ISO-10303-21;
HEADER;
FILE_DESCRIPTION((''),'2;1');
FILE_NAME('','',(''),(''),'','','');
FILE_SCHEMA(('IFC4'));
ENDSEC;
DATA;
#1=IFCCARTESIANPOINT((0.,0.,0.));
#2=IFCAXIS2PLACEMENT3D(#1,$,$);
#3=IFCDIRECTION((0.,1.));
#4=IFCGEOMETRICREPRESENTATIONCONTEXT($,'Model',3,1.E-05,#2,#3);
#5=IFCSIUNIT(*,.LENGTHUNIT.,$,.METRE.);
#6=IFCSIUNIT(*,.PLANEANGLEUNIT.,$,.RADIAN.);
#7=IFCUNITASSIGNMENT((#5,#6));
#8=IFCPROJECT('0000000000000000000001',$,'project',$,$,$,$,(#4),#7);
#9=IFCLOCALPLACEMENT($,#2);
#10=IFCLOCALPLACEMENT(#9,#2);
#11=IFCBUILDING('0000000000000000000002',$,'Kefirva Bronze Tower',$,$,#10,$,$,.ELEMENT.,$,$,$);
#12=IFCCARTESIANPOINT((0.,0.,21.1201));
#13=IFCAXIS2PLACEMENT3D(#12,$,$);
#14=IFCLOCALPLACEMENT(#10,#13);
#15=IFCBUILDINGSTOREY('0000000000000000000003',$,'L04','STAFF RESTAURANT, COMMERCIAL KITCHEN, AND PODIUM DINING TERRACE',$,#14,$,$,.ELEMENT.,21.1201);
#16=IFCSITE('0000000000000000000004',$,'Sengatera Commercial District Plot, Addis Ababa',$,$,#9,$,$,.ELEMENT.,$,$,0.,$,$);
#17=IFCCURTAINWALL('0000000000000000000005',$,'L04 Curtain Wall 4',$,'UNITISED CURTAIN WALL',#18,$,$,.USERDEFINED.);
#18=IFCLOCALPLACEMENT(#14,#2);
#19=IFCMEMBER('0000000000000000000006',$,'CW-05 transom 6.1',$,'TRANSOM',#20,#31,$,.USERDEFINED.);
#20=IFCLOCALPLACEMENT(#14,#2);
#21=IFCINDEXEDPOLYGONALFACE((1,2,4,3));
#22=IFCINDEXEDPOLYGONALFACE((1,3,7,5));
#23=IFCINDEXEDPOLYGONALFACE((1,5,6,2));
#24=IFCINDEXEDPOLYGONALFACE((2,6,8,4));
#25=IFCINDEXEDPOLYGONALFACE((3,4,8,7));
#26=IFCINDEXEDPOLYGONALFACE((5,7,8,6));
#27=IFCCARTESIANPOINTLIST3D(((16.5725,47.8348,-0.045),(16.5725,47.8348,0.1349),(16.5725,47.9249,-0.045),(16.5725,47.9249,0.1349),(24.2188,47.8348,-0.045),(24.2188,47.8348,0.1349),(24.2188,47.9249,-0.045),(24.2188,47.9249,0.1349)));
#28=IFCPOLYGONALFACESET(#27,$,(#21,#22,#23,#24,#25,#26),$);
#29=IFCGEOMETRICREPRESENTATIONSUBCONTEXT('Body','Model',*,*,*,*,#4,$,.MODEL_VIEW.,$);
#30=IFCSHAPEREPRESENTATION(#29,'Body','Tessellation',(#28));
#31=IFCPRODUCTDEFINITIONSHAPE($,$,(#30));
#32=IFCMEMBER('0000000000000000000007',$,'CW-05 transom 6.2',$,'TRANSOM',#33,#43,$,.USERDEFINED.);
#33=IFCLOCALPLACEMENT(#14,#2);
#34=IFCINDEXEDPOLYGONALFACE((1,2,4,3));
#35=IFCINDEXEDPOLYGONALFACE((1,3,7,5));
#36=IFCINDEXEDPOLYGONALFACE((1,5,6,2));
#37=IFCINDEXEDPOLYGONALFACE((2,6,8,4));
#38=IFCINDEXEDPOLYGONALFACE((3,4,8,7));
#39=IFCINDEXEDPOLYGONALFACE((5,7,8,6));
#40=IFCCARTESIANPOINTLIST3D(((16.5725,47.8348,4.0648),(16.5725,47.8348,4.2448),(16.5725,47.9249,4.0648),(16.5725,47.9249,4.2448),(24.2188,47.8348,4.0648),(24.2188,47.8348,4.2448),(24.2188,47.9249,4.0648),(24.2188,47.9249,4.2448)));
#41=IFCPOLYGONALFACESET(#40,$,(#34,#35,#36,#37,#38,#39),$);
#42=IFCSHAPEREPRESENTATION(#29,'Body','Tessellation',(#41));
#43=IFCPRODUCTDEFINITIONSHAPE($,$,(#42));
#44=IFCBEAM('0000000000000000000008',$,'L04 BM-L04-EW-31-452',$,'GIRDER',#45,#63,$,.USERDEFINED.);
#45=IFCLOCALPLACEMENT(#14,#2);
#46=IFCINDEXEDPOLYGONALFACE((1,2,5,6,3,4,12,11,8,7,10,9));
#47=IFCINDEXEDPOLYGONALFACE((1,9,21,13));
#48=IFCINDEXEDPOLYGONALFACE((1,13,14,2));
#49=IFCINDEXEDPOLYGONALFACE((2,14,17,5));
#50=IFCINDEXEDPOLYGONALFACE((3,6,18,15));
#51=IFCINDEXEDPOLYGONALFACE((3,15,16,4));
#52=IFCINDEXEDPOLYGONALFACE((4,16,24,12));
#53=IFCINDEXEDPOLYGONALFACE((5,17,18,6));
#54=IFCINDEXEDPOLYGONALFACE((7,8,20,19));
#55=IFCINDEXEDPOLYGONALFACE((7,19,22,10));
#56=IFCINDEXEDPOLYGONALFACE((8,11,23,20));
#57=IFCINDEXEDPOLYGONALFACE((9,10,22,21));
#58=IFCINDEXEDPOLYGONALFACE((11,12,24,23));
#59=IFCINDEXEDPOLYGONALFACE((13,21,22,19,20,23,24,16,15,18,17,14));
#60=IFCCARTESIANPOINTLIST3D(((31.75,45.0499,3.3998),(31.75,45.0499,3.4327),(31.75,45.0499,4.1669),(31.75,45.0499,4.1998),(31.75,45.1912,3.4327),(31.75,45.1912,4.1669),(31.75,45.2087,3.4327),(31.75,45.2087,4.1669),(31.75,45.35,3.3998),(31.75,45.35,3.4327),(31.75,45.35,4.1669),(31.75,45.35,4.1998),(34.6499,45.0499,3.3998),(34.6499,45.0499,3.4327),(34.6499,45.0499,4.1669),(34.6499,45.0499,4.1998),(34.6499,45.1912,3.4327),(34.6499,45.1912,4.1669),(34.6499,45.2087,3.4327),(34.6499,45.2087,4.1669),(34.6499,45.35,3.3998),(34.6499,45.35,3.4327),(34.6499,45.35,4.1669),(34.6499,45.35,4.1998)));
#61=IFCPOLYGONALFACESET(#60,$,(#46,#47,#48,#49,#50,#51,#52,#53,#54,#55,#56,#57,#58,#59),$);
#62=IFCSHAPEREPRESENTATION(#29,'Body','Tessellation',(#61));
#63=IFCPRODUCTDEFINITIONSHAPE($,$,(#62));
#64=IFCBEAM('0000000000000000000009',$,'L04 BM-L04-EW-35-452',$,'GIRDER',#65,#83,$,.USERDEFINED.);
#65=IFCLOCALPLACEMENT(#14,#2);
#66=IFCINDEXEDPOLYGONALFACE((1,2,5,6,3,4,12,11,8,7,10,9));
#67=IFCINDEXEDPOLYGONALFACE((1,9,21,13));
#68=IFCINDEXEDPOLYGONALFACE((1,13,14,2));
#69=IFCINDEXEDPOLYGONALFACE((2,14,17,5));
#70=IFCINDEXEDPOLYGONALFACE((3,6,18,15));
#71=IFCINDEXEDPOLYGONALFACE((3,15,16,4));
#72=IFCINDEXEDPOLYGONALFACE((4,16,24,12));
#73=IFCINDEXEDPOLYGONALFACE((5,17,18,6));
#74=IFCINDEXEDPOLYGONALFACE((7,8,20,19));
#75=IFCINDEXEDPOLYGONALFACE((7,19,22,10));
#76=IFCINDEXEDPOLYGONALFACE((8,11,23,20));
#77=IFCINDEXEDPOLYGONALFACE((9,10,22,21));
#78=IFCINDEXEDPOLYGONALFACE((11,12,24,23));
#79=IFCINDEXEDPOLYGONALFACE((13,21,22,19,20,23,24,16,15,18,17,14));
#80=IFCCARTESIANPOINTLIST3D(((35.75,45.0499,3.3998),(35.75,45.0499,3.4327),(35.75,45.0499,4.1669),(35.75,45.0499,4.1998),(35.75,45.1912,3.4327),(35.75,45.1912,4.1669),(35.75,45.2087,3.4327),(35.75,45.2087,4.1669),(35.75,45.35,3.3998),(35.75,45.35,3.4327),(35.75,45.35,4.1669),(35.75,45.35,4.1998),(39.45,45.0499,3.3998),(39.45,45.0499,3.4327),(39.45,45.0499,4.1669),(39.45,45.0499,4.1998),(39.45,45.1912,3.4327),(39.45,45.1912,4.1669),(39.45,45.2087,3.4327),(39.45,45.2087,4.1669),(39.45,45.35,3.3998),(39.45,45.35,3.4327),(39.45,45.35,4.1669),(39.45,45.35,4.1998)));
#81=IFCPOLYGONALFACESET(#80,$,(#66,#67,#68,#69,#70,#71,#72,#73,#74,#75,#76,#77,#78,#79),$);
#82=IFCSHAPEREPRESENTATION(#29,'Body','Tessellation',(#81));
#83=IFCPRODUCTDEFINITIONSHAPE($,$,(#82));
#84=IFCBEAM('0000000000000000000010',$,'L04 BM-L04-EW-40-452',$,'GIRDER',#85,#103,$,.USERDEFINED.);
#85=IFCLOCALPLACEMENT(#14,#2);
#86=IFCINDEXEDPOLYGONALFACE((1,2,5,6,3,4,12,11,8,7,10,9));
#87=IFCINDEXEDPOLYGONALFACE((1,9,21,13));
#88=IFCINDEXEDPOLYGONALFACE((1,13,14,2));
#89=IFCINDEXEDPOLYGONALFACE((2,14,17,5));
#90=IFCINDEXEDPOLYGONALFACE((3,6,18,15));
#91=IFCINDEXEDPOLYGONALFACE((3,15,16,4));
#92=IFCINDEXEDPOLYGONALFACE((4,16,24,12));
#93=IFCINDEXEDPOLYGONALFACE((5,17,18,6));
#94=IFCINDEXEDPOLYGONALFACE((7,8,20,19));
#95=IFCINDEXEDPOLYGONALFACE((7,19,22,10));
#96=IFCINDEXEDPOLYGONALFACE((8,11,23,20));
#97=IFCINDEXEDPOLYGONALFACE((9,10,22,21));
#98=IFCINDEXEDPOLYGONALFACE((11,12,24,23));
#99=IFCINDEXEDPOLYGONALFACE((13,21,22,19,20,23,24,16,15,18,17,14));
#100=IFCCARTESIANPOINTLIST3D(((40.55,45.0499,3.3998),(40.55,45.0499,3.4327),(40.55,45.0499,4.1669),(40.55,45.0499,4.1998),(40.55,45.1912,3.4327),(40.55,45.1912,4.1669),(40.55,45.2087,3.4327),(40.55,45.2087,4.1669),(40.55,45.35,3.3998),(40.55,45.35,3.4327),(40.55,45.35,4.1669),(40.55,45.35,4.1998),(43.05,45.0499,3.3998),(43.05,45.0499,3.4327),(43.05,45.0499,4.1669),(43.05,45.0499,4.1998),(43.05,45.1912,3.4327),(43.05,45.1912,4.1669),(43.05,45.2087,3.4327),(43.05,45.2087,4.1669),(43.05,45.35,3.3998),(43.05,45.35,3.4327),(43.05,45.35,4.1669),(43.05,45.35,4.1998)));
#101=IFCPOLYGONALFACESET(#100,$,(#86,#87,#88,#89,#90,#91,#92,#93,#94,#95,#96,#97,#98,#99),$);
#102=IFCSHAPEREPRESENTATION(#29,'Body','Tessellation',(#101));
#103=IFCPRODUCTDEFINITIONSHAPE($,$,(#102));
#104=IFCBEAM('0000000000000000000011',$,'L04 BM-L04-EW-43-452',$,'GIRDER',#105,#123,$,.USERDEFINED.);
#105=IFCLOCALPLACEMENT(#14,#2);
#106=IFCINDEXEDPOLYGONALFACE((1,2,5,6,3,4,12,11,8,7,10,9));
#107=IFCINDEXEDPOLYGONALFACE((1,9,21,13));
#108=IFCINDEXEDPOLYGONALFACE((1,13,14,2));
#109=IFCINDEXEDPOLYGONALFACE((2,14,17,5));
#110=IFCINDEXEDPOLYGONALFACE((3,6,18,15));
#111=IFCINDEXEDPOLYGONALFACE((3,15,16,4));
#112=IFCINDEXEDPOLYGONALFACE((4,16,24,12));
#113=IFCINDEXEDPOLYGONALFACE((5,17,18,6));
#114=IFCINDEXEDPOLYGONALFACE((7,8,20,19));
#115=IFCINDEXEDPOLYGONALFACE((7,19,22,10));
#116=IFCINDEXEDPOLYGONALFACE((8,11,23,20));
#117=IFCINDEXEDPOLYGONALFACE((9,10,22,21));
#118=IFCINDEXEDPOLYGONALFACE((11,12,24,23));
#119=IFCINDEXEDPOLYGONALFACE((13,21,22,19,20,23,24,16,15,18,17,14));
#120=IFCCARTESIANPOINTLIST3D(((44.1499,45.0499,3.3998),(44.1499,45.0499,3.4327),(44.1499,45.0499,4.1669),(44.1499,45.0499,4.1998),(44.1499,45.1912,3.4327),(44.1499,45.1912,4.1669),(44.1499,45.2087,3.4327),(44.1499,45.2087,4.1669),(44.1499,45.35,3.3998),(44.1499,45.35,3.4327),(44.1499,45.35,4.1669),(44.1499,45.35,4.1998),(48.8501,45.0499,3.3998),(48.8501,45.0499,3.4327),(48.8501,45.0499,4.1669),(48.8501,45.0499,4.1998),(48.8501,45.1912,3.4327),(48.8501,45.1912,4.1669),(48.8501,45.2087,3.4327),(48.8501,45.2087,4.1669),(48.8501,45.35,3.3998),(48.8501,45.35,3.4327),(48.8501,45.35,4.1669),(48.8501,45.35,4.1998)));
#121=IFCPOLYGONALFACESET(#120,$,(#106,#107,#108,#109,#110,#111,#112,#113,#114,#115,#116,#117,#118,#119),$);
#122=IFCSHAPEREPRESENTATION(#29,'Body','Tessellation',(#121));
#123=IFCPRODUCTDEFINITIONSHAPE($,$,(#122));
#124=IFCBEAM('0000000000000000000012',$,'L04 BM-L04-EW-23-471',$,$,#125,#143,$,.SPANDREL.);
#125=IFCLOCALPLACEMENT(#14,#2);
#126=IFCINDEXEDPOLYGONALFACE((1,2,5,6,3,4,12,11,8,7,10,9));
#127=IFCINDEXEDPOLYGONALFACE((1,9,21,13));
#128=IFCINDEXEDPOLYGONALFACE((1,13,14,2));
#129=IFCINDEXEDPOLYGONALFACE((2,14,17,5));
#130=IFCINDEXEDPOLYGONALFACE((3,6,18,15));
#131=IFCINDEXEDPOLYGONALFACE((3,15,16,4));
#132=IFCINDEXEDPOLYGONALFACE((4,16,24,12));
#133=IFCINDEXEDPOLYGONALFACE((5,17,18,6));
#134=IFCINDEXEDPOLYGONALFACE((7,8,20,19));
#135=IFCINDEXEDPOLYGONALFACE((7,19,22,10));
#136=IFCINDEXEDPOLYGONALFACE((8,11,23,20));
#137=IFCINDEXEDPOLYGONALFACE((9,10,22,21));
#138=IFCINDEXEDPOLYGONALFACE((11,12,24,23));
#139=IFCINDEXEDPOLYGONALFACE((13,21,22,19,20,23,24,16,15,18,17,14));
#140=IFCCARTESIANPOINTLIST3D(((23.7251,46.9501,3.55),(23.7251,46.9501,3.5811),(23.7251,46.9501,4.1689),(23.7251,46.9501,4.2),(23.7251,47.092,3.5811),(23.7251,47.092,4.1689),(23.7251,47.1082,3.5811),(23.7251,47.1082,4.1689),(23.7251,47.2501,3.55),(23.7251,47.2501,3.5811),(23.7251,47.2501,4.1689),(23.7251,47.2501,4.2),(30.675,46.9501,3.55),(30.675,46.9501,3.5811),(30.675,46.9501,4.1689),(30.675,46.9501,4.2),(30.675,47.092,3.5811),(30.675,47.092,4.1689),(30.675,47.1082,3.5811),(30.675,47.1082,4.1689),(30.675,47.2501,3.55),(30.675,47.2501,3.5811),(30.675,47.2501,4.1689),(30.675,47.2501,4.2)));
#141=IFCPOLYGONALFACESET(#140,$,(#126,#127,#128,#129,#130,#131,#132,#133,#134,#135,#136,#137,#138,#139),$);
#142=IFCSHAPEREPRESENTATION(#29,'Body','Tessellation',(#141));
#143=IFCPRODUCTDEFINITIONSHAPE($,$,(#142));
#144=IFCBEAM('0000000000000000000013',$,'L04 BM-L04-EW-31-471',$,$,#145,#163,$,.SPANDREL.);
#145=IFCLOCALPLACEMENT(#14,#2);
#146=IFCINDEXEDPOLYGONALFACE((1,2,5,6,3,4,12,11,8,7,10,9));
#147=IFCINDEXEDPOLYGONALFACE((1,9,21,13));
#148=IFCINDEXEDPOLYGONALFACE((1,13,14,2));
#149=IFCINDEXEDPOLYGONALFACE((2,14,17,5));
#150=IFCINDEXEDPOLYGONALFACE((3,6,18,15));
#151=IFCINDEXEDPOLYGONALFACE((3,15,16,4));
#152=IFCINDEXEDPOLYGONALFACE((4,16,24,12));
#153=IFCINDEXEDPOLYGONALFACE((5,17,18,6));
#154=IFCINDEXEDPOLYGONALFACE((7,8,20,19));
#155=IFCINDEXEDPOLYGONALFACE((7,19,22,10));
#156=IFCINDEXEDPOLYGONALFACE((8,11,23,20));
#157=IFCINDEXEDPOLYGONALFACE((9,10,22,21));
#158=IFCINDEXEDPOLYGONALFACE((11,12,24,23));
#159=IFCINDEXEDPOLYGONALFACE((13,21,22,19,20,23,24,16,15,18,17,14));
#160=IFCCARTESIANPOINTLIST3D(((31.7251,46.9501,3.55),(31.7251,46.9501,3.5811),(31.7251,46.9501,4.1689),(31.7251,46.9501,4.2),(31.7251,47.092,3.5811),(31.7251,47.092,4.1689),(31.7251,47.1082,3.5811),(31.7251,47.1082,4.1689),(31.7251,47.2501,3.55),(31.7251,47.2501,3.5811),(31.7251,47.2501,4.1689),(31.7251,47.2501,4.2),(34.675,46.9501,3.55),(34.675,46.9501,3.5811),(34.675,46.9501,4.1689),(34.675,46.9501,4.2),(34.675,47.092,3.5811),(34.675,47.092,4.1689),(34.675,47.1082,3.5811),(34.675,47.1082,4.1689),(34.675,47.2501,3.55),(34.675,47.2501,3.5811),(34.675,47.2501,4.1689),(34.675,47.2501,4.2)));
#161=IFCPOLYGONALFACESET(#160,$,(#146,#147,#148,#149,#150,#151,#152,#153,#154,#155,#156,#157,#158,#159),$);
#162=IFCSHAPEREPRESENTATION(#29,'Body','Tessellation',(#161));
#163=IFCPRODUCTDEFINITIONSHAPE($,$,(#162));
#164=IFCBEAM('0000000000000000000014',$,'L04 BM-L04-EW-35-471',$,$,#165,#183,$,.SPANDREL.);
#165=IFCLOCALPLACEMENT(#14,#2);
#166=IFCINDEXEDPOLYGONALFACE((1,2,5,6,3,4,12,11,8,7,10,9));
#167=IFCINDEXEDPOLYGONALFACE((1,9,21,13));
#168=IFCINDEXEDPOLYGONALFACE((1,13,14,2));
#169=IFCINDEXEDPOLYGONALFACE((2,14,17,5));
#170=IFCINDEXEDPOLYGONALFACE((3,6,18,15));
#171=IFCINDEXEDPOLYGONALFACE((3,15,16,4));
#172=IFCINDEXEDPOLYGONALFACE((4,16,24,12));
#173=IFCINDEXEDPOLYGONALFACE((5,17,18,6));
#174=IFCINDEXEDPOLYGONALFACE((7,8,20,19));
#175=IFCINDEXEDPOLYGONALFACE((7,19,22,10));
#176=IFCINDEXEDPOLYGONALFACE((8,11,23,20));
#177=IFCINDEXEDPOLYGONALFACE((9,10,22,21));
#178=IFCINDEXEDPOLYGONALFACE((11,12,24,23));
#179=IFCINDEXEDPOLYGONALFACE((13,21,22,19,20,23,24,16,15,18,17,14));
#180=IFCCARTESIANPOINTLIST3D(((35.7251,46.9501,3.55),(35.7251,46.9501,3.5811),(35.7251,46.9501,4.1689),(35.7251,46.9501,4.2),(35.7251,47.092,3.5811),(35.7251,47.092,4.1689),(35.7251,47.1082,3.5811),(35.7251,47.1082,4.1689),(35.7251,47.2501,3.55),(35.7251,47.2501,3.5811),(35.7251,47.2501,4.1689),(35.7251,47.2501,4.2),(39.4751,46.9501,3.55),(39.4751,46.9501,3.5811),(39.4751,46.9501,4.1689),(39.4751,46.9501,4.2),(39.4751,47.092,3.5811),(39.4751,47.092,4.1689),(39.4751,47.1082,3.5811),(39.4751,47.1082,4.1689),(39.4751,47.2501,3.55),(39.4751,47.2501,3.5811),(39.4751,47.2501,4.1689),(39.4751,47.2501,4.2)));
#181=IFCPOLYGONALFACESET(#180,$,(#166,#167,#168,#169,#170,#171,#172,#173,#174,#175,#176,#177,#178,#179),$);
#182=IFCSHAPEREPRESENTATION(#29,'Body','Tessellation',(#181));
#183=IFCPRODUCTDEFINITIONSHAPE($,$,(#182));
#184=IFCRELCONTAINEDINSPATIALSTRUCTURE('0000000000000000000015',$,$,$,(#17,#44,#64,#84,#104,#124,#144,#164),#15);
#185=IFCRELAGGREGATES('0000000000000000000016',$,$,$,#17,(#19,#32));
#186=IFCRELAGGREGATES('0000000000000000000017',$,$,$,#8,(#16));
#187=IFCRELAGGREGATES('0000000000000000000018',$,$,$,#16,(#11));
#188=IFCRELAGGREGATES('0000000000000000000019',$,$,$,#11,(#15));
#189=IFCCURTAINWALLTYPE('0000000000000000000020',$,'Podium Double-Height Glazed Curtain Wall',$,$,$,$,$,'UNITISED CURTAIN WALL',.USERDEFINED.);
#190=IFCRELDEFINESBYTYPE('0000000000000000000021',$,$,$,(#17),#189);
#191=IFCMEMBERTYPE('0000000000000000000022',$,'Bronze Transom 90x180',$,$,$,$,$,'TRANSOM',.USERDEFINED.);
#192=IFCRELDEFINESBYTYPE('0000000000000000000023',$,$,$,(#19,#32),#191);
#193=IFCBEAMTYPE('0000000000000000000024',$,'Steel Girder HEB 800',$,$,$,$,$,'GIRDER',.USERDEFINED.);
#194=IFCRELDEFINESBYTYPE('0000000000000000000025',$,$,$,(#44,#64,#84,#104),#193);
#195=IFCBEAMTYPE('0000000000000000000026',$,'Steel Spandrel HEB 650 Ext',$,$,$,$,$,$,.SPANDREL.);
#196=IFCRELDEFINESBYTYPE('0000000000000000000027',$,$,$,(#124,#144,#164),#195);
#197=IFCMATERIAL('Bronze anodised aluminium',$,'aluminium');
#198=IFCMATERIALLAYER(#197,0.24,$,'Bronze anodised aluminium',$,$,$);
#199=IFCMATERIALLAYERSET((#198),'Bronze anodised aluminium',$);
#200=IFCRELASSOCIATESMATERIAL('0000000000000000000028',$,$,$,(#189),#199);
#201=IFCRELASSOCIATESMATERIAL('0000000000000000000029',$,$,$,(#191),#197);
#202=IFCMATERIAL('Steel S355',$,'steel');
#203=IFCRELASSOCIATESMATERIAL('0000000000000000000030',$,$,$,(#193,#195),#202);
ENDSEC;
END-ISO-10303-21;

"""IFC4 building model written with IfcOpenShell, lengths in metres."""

from ifc_helpers import new_model, si_unit, direction, frame, origin, origin_2d, place, context, subcontext, project, spatial, rectangle, i_section, extrude, material, layer, layer_set, material_profile, profile_set, type_object, element, aggregate, save


model = new_model("IFC4")

# Units and contexts
model_context = context("Model", 3, precision=1e-05, world=origin(), true_north=direction((0.0, 1.0)))
body_context = subcontext(model_context, "Body", "Model", "MODEL_VIEW")
ifc_project = project(units=[si_unit("LENGTHUNIT", "METRE"), si_unit("PLANEANGLEUNIT", "RADIAN")], contexts=[model_context])

# Site, building, storey
site_placement = place(None, origin())
site = spatial("IfcSite", under=ifc_project, at=site_placement, Name="Sengatera Commercial District Plot, Addis Ababa", CompositionType="ELEMENT", RefElevation=0.0)
building_placement = place(site_placement, origin())
building = spatial("IfcBuilding", under=site, at=building_placement, Name="Kefirva Bronze Tower", CompositionType="ELEMENT")
storey_placement = place(building_placement, frame((0.0, 0.0, 21.1201)))
storey = spatial("IfcBuildingStorey", under=building, at=storey_placement, Name="L04", Description="STAFF RESTAURANT, COMMERCIAL KITCHEN, AND PODIUM DINING TERRACE", CompositionType="ELEMENT", Elevation=21.1201)

# Curtain wall, members
ifc_material_1 = material(Name="Bronze anodised aluminium", Category="aluminium")
ifc_layer_1 = layer(ifc_material_1, 0.24, Name="Bronze anodised aluminium")
ifc_layer_set_1 = layer_set([ifc_layer_1], Name="Bronze anodised aluminium")
curtain_wall_type = type_object("IfcCurtainWallType", Name="Podium Double-Height Glazed Curtain Wall", ElementType="UNITISED CURTAIN WALL", PredefinedType="USERDEFINED", material=ifc_layer_set_1)
curtain_wall_placement = place(storey_placement, origin())
curtain_wall = element("IfcCurtainWall", 1, at=curtain_wall_placement, inside=storey, type_object=curtain_wall_type, Name="L04 Curtain Wall 4", ObjectType="UNITISED CURTAIN WALL", PredefinedType="USERDEFINED")
ifc_material_profile_1 = material_profile(ifc_material_1, rectangle(XDim=0.0901, YDim=0.1799, at=origin_2d()), Name="ALU 90x180")
ifc_profile_set_1 = profile_set([ifc_material_profile_1], Name="Bronze anodised aluminium")
member_type_1 = type_object("IfcMemberType", Name="Bronze Transom 90x180", ElementType="TRANSOM", PredefinedType="USERDEFINED", material=ifc_profile_set_1)
member_1_placement = place(storey_placement, frame((24.2188, 47.8799, 0.0449), z_axis=(-1.0, 0.0, 0.0), x_axis=(0.0, -1.0, 0.0)))
member_1 = element("IfcMember", 2, at=member_1_placement, type_object=member_type_1, Name="CW-05 transom 6.1", ObjectType="TRANSOM", PredefinedType="USERDEFINED", context=body_context, shape_type="SweptSolid", body=[
    extrude(rectangle(XDim=0.0901, YDim=0.1799, at=origin_2d()), origin(), (0.0, 0.0, 1.0), 7.6462),
])
member_2_placement = place(storey_placement, frame((24.2188, 47.8799, 4.1548), z_axis=(-1.0, 0.0, 0.0), x_axis=(0.0, -1.0, 0.0)))
member_2 = element("IfcMember", 3, at=member_2_placement, type_object=member_type_1, Name="CW-05 transom 6.2", ObjectType="TRANSOM", PredefinedType="USERDEFINED", context=body_context, shape_type="SweptSolid", body=[
    extrude(rectangle(XDim=0.0901, YDim=0.1799, at=origin_2d()), origin(), (0.0, 0.0, 1.0), 7.6462),
])

# Beams
ifc_material_2 = material(Name="Steel S355", Category="steel")
ifc_material_profile_2 = material_profile(ifc_material_2, i_section(OverallWidth=0.3, OverallDepth=0.8, WebThickness=0.0176, FlangeThickness=0.033, at=origin_2d()), Name="HEB 800")
ifc_profile_set_2 = profile_set([ifc_material_profile_2], Name="Steel S355")
beam_type_1 = type_object("IfcBeamType", Name="Steel Girder HEB 800", ElementType="GIRDER", PredefinedType="USERDEFINED", material=ifc_profile_set_2)
beam_1_placement = place(storey_placement, frame((31.75, 45.2, 3.7998), z_axis=(1.0, 0.0, 0.0), x_axis=(0.0, 1.0, 0.0)))
element("IfcBeam", 4, at=beam_1_placement, inside=storey, type_object=beam_type_1, Name="L04 BM-L04-EW-31-452", ObjectType="GIRDER", PredefinedType="USERDEFINED", context=body_context, shape_type="SweptSolid", body=[
    extrude(i_section(OverallWidth=0.3, OverallDepth=0.8, WebThickness=0.0176, FlangeThickness=0.033, at=origin_2d()), origin(), (0.0, 0.0, 1.0), 2.8999),
])
beam_2_placement = place(storey_placement, frame((35.75, 45.2, 3.7998), z_axis=(1.0, 0.0, 0.0), x_axis=(0.0, 1.0, 0.0)))
element("IfcBeam", 5, at=beam_2_placement, inside=storey, type_object=beam_type_1, Name="L04 BM-L04-EW-35-452", ObjectType="GIRDER", PredefinedType="USERDEFINED", context=body_context, shape_type="SweptSolid", body=[
    extrude(i_section(OverallWidth=0.3, OverallDepth=0.8, WebThickness=0.0176, FlangeThickness=0.033, at=origin_2d()), origin(), (0.0, 0.0, 1.0), 3.7),
])
beam_3_placement = place(storey_placement, frame((40.55, 45.2, 3.7998), z_axis=(1.0, 0.0, 0.0), x_axis=(0.0, 1.0, 0.0)))
element("IfcBeam", 6, at=beam_3_placement, inside=storey, type_object=beam_type_1, Name="L04 BM-L04-EW-40-452", ObjectType="GIRDER", PredefinedType="USERDEFINED", context=body_context, shape_type="SweptSolid", body=[
    extrude(i_section(OverallWidth=0.3, OverallDepth=0.8, WebThickness=0.0176, FlangeThickness=0.033, at=origin_2d()), origin(), (0.0, 0.0, 1.0), 2.5),
])
beam_4_placement = place(storey_placement, frame((44.1499, 45.2, 3.7998), z_axis=(1.0, 0.0, 0.0), x_axis=(0.0, 1.0, 0.0)))
element("IfcBeam", 7, at=beam_4_placement, inside=storey, type_object=beam_type_1, Name="L04 BM-L04-EW-43-452", ObjectType="GIRDER", PredefinedType="USERDEFINED", context=body_context, shape_type="SweptSolid", body=[
    extrude(i_section(OverallWidth=0.3, OverallDepth=0.8, WebThickness=0.0176, FlangeThickness=0.033, at=origin_2d()), origin(), (0.0, 0.0, 1.0), 4.7002),
])
ifc_material_profile_3 = material_profile(ifc_material_2, i_section(OverallWidth=0.3, OverallDepth=0.6499, WebThickness=0.0161, FlangeThickness=0.031, at=origin_2d()), Name="HEB 650")
ifc_profile_set_3 = profile_set([ifc_material_profile_3], Name="Steel S355")
beam_type_2 = type_object("IfcBeamType", Name="Steel Spandrel HEB 650 Ext", PredefinedType="SPANDREL", material=ifc_profile_set_3)
beam_5_placement = place(storey_placement, frame((23.7251, 47.1001, 3.875), z_axis=(1.0, 0.0, 0.0), x_axis=(0.0, 1.0, 0.0)))
element("IfcBeam", 8, at=beam_5_placement, inside=storey, type_object=beam_type_2, Name="L04 BM-L04-EW-23-471", PredefinedType="SPANDREL", context=body_context, shape_type="SweptSolid", body=[
    extrude(i_section(OverallWidth=0.3, OverallDepth=0.6499, WebThickness=0.0161, FlangeThickness=0.031, at=origin_2d()), origin(), (0.0, 0.0, 1.0), 6.95),
])
beam_6_placement = place(storey_placement, frame((31.7251, 47.1001, 3.875), z_axis=(1.0, 0.0, 0.0), x_axis=(0.0, 1.0, 0.0)))
element("IfcBeam", 9, at=beam_6_placement, inside=storey, type_object=beam_type_2, Name="L04 BM-L04-EW-31-471", PredefinedType="SPANDREL", context=body_context, shape_type="SweptSolid", body=[
    extrude(i_section(OverallWidth=0.3, OverallDepth=0.6499, WebThickness=0.0161, FlangeThickness=0.031, at=origin_2d()), origin(), (0.0, 0.0, 1.0), 2.95),
])
beam_7_placement = place(storey_placement, frame((35.7251, 47.1001, 3.875), z_axis=(1.0, 0.0, 0.0), x_axis=(0.0, 1.0, 0.0)))
element("IfcBeam", 10, at=beam_7_placement, inside=storey, type_object=beam_type_2, Name="L04 BM-L04-EW-35-471", PredefinedType="SPANDREL", context=body_context, shape_type="SweptSolid", body=[
    extrude(i_section(OverallWidth=0.3, OverallDepth=0.6499, WebThickness=0.0161, FlangeThickness=0.031, at=origin_2d()), origin(), (0.0, 0.0, 1.0), 3.75),
])

aggregate(curtain_wall, [member_1, member_2])

save(model, "model.ifc")
